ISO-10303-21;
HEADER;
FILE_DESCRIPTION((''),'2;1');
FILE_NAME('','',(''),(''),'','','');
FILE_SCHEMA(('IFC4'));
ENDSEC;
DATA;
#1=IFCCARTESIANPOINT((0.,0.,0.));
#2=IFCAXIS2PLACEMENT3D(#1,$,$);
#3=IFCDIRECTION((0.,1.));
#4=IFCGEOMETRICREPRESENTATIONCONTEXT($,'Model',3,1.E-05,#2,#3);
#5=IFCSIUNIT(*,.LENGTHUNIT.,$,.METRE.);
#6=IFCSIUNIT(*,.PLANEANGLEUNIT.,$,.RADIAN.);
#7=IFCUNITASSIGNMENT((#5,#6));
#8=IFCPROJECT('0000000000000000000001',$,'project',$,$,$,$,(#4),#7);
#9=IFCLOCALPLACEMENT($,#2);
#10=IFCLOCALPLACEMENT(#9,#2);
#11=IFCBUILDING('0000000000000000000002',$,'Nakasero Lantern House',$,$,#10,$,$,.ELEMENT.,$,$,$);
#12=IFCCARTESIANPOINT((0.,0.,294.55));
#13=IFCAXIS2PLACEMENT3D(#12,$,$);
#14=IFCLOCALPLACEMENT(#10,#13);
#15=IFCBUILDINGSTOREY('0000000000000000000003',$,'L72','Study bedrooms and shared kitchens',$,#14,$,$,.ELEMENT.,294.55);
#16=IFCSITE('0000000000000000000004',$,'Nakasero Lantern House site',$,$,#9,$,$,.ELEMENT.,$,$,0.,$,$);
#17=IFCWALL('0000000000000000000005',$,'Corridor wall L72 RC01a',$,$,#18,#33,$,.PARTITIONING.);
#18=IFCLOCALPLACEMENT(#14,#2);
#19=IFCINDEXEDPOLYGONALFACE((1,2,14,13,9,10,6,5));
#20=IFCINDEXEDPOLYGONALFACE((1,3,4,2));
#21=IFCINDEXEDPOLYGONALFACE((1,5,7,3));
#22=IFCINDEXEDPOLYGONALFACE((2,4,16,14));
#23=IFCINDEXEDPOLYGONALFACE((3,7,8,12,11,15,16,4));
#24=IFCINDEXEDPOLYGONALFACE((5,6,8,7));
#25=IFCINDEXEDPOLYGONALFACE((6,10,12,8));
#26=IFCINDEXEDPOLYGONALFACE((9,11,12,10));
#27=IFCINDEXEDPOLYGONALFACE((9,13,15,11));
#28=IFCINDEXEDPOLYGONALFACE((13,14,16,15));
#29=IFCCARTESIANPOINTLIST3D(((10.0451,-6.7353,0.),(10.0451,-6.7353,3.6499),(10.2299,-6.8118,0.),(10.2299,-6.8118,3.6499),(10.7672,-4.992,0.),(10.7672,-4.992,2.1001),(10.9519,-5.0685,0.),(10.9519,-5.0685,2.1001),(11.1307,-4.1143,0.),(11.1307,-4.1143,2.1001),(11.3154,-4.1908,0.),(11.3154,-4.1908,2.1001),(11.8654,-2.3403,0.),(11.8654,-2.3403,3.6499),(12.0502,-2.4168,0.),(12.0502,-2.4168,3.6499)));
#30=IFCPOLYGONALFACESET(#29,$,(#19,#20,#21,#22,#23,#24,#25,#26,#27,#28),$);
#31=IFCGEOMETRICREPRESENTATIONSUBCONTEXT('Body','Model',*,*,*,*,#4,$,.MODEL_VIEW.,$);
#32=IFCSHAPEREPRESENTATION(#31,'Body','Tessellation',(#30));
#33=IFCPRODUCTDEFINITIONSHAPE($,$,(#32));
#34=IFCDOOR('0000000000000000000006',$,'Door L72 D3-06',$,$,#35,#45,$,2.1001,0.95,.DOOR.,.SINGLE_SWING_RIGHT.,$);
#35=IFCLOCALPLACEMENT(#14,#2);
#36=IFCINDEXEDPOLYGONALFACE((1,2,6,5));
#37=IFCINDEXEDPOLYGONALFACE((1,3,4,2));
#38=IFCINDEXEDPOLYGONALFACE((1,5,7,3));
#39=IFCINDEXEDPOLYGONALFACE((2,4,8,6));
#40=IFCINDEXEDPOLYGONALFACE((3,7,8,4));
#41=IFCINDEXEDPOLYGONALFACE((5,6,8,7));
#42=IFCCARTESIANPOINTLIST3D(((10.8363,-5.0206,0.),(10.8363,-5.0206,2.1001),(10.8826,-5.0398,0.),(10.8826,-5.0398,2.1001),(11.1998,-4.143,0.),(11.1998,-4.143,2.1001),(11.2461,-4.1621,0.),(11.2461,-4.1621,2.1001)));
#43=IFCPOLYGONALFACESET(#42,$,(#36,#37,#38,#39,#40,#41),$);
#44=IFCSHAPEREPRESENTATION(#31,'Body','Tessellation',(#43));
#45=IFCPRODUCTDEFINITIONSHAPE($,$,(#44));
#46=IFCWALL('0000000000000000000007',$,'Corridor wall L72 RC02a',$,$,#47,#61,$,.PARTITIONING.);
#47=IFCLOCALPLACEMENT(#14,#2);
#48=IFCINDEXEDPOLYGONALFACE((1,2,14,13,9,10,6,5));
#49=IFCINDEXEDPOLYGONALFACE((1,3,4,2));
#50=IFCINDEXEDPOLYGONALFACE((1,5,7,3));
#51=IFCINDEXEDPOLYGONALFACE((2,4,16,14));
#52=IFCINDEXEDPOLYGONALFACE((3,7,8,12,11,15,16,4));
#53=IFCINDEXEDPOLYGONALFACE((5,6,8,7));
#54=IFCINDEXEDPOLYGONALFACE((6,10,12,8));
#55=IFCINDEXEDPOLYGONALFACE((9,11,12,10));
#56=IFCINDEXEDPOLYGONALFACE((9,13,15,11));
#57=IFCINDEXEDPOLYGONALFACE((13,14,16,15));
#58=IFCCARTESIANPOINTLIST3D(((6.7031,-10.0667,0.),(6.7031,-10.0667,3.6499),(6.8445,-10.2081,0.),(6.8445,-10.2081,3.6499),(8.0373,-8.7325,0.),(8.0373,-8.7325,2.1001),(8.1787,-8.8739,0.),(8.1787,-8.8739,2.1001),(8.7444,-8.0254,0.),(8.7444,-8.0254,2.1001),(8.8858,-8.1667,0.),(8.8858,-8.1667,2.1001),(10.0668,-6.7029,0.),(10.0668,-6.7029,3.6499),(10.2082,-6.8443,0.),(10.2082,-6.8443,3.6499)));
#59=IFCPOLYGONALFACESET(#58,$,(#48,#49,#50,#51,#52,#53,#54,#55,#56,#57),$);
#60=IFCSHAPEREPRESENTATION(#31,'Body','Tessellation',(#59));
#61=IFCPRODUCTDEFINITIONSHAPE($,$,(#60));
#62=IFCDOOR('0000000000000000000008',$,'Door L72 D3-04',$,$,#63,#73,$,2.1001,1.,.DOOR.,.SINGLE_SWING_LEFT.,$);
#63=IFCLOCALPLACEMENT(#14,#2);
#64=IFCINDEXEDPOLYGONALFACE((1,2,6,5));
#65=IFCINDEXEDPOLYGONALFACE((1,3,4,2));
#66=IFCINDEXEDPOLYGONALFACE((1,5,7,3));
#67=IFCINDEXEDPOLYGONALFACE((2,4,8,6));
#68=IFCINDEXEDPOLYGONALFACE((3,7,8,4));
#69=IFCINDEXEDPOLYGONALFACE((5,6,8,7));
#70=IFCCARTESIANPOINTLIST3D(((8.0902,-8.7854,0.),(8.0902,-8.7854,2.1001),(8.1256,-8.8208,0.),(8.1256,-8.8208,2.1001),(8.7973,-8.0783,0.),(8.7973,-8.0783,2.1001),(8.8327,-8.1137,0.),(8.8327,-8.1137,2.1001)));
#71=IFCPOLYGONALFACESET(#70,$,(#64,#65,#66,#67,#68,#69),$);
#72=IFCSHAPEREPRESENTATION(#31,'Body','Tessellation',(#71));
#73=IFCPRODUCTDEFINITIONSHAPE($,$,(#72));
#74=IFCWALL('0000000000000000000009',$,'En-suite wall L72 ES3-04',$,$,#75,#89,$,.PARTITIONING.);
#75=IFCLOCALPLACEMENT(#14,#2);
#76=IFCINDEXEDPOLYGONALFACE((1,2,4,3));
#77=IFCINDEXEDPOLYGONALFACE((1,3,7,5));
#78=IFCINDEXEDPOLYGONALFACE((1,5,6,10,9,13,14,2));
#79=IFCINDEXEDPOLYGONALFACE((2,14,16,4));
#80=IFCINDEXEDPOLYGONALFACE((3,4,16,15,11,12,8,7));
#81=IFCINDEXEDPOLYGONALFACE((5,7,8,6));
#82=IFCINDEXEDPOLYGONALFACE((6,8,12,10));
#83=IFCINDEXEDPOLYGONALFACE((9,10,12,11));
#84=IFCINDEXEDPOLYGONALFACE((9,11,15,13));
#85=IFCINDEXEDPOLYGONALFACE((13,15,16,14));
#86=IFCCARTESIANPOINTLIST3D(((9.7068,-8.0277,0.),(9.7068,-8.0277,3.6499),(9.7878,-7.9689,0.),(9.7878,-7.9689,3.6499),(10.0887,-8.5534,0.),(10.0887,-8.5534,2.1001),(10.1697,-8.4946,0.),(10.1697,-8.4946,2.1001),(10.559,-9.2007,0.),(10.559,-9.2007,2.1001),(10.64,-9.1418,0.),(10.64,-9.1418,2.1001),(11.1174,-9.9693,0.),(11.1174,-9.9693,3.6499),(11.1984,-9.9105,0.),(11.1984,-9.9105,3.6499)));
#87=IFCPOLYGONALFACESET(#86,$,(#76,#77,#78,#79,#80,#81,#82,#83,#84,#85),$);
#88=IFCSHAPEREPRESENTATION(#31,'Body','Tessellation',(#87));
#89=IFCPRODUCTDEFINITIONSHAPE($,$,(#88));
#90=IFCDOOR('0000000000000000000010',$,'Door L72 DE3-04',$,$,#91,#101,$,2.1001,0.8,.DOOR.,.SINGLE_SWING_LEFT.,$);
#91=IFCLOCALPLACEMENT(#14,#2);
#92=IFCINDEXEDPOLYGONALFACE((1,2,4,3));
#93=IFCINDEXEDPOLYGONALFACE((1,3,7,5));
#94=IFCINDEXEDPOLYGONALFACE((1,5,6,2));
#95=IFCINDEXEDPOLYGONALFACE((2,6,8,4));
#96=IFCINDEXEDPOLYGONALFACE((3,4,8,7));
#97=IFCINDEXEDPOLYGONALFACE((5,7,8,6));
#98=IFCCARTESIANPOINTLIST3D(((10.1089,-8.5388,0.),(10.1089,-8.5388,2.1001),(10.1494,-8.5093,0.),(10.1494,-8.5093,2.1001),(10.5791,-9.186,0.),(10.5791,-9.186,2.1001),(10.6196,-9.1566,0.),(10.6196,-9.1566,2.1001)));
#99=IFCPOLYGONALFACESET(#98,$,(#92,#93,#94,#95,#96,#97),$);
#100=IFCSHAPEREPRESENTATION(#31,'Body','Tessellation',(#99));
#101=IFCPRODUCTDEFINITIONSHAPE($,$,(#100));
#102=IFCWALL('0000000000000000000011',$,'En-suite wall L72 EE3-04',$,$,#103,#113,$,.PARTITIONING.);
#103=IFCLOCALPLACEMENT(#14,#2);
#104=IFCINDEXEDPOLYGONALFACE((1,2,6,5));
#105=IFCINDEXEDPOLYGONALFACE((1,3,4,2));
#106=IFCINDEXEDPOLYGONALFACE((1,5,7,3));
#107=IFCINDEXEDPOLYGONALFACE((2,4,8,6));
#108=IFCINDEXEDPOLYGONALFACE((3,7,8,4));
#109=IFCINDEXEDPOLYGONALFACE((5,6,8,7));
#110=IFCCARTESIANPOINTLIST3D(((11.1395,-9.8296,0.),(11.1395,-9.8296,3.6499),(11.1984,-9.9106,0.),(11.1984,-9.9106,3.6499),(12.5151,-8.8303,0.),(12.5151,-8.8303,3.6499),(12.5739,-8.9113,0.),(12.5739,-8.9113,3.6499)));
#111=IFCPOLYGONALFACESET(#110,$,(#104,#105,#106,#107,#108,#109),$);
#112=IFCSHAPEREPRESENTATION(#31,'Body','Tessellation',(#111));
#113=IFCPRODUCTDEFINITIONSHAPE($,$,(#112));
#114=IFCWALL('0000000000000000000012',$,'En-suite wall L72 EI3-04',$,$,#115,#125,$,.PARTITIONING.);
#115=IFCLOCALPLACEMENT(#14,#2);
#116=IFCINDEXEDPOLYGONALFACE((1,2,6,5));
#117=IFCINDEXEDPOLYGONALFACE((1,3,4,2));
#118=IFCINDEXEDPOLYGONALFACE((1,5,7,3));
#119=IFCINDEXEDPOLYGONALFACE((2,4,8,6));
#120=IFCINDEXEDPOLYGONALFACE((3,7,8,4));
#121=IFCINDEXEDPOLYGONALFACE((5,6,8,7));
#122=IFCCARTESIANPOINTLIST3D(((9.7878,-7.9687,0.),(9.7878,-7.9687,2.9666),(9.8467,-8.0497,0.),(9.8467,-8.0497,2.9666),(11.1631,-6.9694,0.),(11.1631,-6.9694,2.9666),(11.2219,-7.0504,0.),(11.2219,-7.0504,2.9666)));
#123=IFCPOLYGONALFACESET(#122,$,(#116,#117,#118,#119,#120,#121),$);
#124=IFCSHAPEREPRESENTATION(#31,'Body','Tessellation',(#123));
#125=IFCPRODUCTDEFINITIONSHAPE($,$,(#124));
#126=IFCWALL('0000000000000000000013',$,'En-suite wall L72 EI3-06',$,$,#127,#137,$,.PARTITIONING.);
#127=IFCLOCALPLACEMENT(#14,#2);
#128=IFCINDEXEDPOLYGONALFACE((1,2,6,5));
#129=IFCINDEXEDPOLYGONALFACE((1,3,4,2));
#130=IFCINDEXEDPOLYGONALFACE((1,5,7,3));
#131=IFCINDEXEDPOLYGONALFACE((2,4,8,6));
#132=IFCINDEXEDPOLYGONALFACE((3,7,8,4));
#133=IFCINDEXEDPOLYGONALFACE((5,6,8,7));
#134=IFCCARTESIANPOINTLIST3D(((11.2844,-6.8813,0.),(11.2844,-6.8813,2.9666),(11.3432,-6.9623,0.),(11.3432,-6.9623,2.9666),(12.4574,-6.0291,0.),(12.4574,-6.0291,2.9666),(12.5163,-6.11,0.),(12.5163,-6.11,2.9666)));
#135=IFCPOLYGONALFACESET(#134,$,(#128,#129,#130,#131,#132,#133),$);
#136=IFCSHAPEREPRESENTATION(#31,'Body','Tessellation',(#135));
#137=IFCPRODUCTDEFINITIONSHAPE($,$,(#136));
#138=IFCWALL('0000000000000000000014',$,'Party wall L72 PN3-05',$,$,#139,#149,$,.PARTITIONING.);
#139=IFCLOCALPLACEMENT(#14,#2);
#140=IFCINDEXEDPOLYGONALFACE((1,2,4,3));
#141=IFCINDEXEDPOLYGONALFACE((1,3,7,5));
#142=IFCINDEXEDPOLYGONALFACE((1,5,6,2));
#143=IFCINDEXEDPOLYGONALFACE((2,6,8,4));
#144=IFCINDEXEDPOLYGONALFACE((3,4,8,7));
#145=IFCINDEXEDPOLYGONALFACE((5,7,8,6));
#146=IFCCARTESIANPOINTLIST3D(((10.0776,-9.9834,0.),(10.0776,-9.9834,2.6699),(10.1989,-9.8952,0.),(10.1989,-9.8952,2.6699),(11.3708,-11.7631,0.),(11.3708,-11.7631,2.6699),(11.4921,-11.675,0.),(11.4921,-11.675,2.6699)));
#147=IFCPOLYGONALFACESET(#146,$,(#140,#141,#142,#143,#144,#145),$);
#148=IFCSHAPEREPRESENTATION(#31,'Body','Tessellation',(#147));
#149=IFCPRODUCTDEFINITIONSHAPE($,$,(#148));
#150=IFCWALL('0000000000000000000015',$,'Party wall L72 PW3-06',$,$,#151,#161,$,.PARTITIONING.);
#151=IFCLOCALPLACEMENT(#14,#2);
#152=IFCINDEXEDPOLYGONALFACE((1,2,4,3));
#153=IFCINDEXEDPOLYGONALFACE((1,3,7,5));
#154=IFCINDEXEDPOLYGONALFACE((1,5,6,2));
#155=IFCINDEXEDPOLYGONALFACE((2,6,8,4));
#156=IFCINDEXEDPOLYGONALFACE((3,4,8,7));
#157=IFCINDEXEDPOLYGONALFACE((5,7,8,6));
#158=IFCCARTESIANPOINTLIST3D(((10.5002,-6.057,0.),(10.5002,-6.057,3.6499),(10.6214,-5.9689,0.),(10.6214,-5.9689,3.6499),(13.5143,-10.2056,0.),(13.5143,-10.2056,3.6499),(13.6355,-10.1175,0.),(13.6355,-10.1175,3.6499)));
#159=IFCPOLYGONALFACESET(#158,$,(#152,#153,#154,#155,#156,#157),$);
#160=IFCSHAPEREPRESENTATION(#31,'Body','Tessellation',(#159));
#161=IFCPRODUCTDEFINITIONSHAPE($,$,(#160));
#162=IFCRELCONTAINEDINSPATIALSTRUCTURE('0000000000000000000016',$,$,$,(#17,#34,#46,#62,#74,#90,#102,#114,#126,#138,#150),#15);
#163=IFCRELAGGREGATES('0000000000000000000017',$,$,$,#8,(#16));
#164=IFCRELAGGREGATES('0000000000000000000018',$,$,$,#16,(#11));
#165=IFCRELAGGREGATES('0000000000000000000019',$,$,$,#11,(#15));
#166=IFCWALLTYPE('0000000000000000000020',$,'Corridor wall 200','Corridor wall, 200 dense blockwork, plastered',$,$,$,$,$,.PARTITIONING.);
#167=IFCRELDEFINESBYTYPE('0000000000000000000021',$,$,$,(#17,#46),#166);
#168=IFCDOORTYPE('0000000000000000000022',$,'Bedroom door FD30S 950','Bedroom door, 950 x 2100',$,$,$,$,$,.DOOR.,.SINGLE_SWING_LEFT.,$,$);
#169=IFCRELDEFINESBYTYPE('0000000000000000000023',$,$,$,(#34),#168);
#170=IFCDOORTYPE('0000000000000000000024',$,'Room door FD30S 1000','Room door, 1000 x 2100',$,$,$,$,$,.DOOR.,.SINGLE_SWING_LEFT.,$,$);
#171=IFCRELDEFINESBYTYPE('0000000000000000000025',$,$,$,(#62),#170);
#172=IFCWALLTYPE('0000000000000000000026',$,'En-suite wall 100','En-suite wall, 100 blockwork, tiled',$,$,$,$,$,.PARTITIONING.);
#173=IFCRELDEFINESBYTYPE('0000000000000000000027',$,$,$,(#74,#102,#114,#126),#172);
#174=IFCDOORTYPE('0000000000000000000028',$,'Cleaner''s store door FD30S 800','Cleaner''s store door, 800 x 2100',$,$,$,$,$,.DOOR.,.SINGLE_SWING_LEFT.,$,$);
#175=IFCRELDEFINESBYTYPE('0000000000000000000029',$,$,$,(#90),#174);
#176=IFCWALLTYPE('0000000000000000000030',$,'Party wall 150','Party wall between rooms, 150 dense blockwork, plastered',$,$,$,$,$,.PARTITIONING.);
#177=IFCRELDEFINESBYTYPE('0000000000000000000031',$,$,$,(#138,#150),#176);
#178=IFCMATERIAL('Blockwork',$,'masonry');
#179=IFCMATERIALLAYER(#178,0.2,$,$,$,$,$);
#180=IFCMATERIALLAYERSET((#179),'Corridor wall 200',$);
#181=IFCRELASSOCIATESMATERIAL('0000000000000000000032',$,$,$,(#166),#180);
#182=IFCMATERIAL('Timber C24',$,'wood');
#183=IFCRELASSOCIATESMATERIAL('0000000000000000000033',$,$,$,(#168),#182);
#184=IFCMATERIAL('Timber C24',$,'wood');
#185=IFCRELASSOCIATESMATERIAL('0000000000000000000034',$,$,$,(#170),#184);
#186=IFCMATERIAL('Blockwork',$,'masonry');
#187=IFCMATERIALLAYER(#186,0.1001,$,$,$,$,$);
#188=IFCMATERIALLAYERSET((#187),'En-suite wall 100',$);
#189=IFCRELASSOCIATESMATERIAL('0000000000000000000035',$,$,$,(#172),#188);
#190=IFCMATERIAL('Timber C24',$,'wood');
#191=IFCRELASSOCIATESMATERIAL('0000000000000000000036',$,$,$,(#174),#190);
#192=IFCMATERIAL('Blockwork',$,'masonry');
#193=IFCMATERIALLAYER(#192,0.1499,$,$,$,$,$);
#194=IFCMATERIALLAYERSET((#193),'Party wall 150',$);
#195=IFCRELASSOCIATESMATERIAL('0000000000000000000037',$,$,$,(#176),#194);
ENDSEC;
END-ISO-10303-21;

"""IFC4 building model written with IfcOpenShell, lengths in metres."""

from ifc_helpers import new_model, si_unit, direction, frame, frame_2d, origin, place, context, subcontext, project, spatial, rectangle, extrude, material, layer, layer_set, type_object, element, fill, save


model = new_model("IFC4")

# Units and contexts
model_context = context("Model", 3, precision=1e-05, world=origin(), true_north=direction((0.0, 1.0)))
body_context = subcontext(model_context, "Body", "Model", "MODEL_VIEW")
ifc_project = project(units=[si_unit("LENGTHUNIT", "METRE"), si_unit("PLANEANGLEUNIT", "RADIAN")], contexts=[model_context])

# Site, building, storey
site_placement = place(None, origin())
site = spatial("IfcSite", under=ifc_project, at=site_placement, Name="Nakasero Lantern House site", CompositionType="ELEMENT", RefElevation=0.0)
building_placement = place(site_placement, origin())
building = spatial("IfcBuilding", under=site, at=building_placement, Name="Nakasero Lantern House", CompositionType="ELEMENT")
storey_placement = place(building_placement, frame((0.0, 0.0, 294.55)))
storey = spatial("IfcBuildingStorey", under=building, at=storey_placement, Name="L72", Description="Study bedrooms and shared kitchens", CompositionType="ELEMENT", Elevation=294.55)

# Walls, openings, doors
ifc_material_1 = material(Name="Blockwork", Category="masonry")
ifc_layer_1 = layer(ifc_material_1, 0.2)
ifc_layer_set_1 = layer_set([ifc_layer_1], Name="Corridor wall 200")
wall_type_1 = type_object("IfcWallType", Name="Corridor wall 200", Description="Corridor wall, 200 dense blockwork, plastered", PredefinedType="PARTITIONING", material=ifc_layer_set_1)
wall_1_placement = place(storey_placement, frame((11.9578, -2.3787, 0.0), z_axis=(0.0, 0.0, 1.0), x_axis=(-0.382654, -0.923892, 0.0)))
wall_1 = element("IfcWall", 1, at=wall_1_placement, inside=storey, type_object=wall_type_1, Name="Corridor wall L72 RC01a", PredefinedType="PARTITIONING", context=body_context, shape_type="SweptSolid", body=[
    extrude(rectangle(XDim=4.7571, YDim=0.2, at=frame_2d((2.3784, 0.0))), origin(), (0.0, 0.0, 1.0), 3.6499),
])
opening_1_placement = place(wall_1_placement, frame((1.9199, 0.0, 0.0)))
opening_1 = element("IfcOpeningElement", 2, at=opening_1_placement, cuts=wall_1, PredefinedType="OPENING", context=body_context, shape_type="SweptSolid", body=[
    extrude(rectangle(XDim=0.95, YDim=2.1001, at=frame_2d((0.4751, 1.05))), frame((0.0, 0.1199, 0.0), z_axis=(0.0, -1.0, 0.0), x_axis=(1.0, 0.0, 0.0)), (0.0, 0.0, 1.0), 0.24),
])
ifc_material_2 = material(Name="Timber C24", Category="wood")
door_type_1 = type_object("IfcDoorType", Name="Bedroom door FD30S 950", Description="Bedroom door, 950 x 2100", OperationType="SINGLE_SWING_LEFT", PredefinedType="DOOR", material=ifc_material_2)
door_1_placement = place(opening_1_placement, origin())
door_1 = element("IfcDoor", 3, at=door_1_placement, inside=storey, type_object=door_type_1, Name="Door L72 D3-06", OperationType="SINGLE_SWING_RIGHT", OverallHeight=2.1001, OverallWidth=0.95, PredefinedType="DOOR", context=body_context, shape_type="SweptSolid", body=[
    extrude(rectangle(XDim=0.95, YDim=2.1001, at=frame_2d((0.4751, 1.05))), frame((0.0, 0.0249, 0.0), z_axis=(0.0, -1.0, 0.0), x_axis=(1.0, 0.0, 0.0)), (0.0, 0.0, 1.0), 0.05),
])
fill(opening_1, door_1)
wall_2_placement = place(storey_placement, frame((10.1375, -6.7737, 0.0), z_axis=(0.0, 0.0, 1.0), x_axis=(-0.707107, -0.707107, 0.0)))
wall_2 = element("IfcWall", 4, at=wall_2_placement, inside=storey, type_object=wall_type_1, Name="Corridor wall L72 RC02a", PredefinedType="PARTITIONING", context=body_context, shape_type="SweptSolid", body=[
    extrude(rectangle(XDim=4.7571, YDim=0.2, at=frame_2d((2.3784, 0.0))), origin(), (0.0, 0.0, 1.0), 3.6499),
])
opening_2_placement = place(wall_2_placement, frame((1.8701, 0.0, 0.0)))
opening_2 = element("IfcOpeningElement", 5, at=opening_2_placement, cuts=wall_2, PredefinedType="OPENING", context=body_context, shape_type="SweptSolid", body=[
    extrude(rectangle(XDim=1.0, YDim=2.1001, at=frame_2d((0.5, 1.05))), frame((0.0, 0.1199, 0.0), z_axis=(0.0, -1.0, 0.0), x_axis=(1.0, 0.0, 0.0)), (0.0, 0.0, 1.0), 0.24),
])
ifc_material_3 = material(Name="Timber C24", Category="wood")
door_type_2 = type_object("IfcDoorType", Name="Room door FD30S 1000", Description="Room door, 1000 x 2100", OperationType="SINGLE_SWING_LEFT", PredefinedType="DOOR", material=ifc_material_3)
door_2_placement = place(opening_2_placement, origin())
door_2 = element("IfcDoor", 6, at=door_2_placement, inside=storey, type_object=door_type_2, Name="Door L72 D3-04", OperationType="SINGLE_SWING_LEFT", OverallHeight=2.1001, OverallWidth=1.0, PredefinedType="DOOR", context=body_context, shape_type="SweptSolid", body=[
    extrude(rectangle(XDim=1.0, YDim=2.1001, at=frame_2d((0.5, 1.05))), frame((0.0, 0.0249, 0.0), z_axis=(0.0, -1.0, 0.0), x_axis=(1.0, 0.0, 0.0)), (0.0, 0.0, 1.0), 0.05),
])
fill(opening_2, door_2)
ifc_material_4 = material(Name="Blockwork", Category="masonry")
ifc_layer_2 = layer(ifc_material_4, 0.1001)
ifc_layer_set_2 = layer_set([ifc_layer_2], Name="En-suite wall 100")
wall_type_2 = type_object("IfcWallType", Name="En-suite wall 100", Description="En-suite wall, 100 blockwork, tiled", PredefinedType="PARTITIONING", material=ifc_layer_set_2)
wall_3_placement = place(storey_placement, frame((9.7473, -7.9983, 0.0), z_axis=(0.0, 0.0, 1.0), x_axis=(0.587772, -0.809026, 0.0)))
wall_3 = element("IfcWall", 7, at=wall_3_placement, inside=storey, type_object=wall_type_2, Name="En-suite wall L72 ES3-04", PredefinedType="PARTITIONING", context=body_context, shape_type="SweptSolid", body=[
    extrude(rectangle(XDim=2.3999, YDim=0.1001, at=frame_2d((1.2, 0.0))), origin(), (0.0, 0.0, 1.0), 3.6499),
])
opening_3_placement = place(wall_3_placement, frame((0.6499, 0.0, 0.0)))
opening_3 = element("IfcOpeningElement", 8, at=opening_3_placement, cuts=wall_3, PredefinedType="OPENING", context=body_context, shape_type="SweptSolid", body=[
    extrude(rectangle(XDim=0.8, YDim=2.1001, at=frame_2d((0.3999, 1.05))), frame((0.0, 0.0701, 0.0), z_axis=(0.0, -1.0, 0.0), x_axis=(1.0, 0.0, 0.0)), (0.0, 0.0, 1.0), 0.1401),
])
ifc_material_5 = material(Name="Timber C24", Category="wood")
door_type_3 = type_object("IfcDoorType", Name="Cleaner's store door FD30S 800", Description="Cleaner's store door, 800 x 2100", OperationType="SINGLE_SWING_LEFT", PredefinedType="DOOR", material=ifc_material_5)
door_3_placement = place(opening_3_placement, origin())
door_3 = element("IfcDoor", 9, at=door_3_placement, inside=storey, type_object=door_type_3, Name="Door L72 DE3-04", OperationType="SINGLE_SWING_LEFT", OverallHeight=2.1001, OverallWidth=0.8, PredefinedType="DOOR", context=body_context, shape_type="SweptSolid", body=[
    extrude(rectangle(XDim=0.8, YDim=2.1001, at=frame_2d((0.3999, 1.05))), frame((0.0, 0.0249, 0.0), z_axis=(0.0, -1.0, 0.0), x_axis=(1.0, 0.0, 0.0)), (0.0, 0.0, 1.0), 0.05),
])
fill(opening_3, door_3)

# Walls
wall_4_placement = place(storey_placement, frame((11.1689, -9.8701, 0.0), z_axis=(0.0, 0.0, 1.0), x_axis=(0.80904, 0.587753, 0.0)))
element("IfcWall", 10, at=wall_4_placement, inside=storey, type_object=wall_type_2, Name="En-suite wall L72 EE3-04", PredefinedType="PARTITIONING", context=body_context, shape_type="SweptSolid", body=[
    extrude(rectangle(XDim=1.7002, YDim=0.1001, at=frame_2d((0.8501, 0.0))), origin(), (0.0, 0.0, 1.0), 3.6499),
])
wall_5_placement = place(storey_placement, frame((9.8171, -8.0093, 0.0), z_axis=(0.0, 0.0, 1.0), x_axis=(0.808991, 0.587822, 0.0)))
element("IfcWall", 11, at=wall_5_placement, inside=storey, type_object=wall_type_2, Name="En-suite wall L72 EI3-04", PredefinedType="PARTITIONING", context=body_context, shape_type="SweptSolid", body=[
    extrude(rectangle(XDim=1.7, YDim=0.1001, at=frame_2d((0.8501, 0.0))), origin(), (0.0, 0.0, 1.0), 2.9666),
])
wall_6_placement = place(storey_placement, frame((11.3137, -6.9219, 0.0), z_axis=(0.0, 0.0, 1.0), x_axis=(0.80902, 0.587781, 0.0)))
element("IfcWall", 12, at=wall_6_placement, inside=storey, type_object=wall_type_2, Name="En-suite wall L72 EI3-06", PredefinedType="PARTITIONING", context=body_context, shape_type="SweptSolid", body=[
    extrude(rectangle(XDim=1.45, YDim=0.1001, at=frame_2d((0.7251, 0.0))), origin(), (0.0, 0.0, 1.0), 2.9666),
])
ifc_material_6 = material(Name="Blockwork", Category="masonry")
ifc_layer_3 = layer(ifc_material_6, 0.1499)
ifc_layer_set_3 = layer_set([ifc_layer_3], Name="Party wall 150")
wall_type_3 = type_object("IfcWallType", Name="Party wall 150", Description="Party wall between rooms, 150 dense blockwork, plastered", PredefinedType="PARTITIONING", material=ifc_layer_set_3)
wall_7_placement = place(storey_placement, frame((10.1382, -9.9392, 0.0), z_axis=(0.0, 0.0, 1.0), x_axis=(0.587822, -0.80899, 0.0)))
element("IfcWall", 13, at=wall_7_placement, inside=storey, type_object=wall_type_3, Name="Party wall L72 PN3-05", PredefinedType="PARTITIONING", context=body_context, shape_type="SweptSolid", body=[
    extrude(rectangle(XDim=2.2, YDim=0.1499, at=frame_2d((1.1001, 0.0))), origin(), (0.0, 0.0, 1.0), 2.6699),
])
wall_8_placement = place(storey_placement, frame((10.5608, -6.0129, 0.0), z_axis=(0.0, 0.0, 1.0), x_axis=(0.587781, -0.80902, 0.0)))
element("IfcWall", 14, at=wall_8_placement, inside=storey, type_object=wall_type_3, Name="Party wall L72 PW3-06", PredefinedType="PARTITIONING", context=body_context, shape_type="SweptSolid", body=[
    extrude(rectangle(XDim=5.1279, YDim=0.1499, at=frame_2d((2.564, 0.0))), origin(), (0.0, 0.0, 1.0), 3.6499),
])

save(model, "model.ifc")
